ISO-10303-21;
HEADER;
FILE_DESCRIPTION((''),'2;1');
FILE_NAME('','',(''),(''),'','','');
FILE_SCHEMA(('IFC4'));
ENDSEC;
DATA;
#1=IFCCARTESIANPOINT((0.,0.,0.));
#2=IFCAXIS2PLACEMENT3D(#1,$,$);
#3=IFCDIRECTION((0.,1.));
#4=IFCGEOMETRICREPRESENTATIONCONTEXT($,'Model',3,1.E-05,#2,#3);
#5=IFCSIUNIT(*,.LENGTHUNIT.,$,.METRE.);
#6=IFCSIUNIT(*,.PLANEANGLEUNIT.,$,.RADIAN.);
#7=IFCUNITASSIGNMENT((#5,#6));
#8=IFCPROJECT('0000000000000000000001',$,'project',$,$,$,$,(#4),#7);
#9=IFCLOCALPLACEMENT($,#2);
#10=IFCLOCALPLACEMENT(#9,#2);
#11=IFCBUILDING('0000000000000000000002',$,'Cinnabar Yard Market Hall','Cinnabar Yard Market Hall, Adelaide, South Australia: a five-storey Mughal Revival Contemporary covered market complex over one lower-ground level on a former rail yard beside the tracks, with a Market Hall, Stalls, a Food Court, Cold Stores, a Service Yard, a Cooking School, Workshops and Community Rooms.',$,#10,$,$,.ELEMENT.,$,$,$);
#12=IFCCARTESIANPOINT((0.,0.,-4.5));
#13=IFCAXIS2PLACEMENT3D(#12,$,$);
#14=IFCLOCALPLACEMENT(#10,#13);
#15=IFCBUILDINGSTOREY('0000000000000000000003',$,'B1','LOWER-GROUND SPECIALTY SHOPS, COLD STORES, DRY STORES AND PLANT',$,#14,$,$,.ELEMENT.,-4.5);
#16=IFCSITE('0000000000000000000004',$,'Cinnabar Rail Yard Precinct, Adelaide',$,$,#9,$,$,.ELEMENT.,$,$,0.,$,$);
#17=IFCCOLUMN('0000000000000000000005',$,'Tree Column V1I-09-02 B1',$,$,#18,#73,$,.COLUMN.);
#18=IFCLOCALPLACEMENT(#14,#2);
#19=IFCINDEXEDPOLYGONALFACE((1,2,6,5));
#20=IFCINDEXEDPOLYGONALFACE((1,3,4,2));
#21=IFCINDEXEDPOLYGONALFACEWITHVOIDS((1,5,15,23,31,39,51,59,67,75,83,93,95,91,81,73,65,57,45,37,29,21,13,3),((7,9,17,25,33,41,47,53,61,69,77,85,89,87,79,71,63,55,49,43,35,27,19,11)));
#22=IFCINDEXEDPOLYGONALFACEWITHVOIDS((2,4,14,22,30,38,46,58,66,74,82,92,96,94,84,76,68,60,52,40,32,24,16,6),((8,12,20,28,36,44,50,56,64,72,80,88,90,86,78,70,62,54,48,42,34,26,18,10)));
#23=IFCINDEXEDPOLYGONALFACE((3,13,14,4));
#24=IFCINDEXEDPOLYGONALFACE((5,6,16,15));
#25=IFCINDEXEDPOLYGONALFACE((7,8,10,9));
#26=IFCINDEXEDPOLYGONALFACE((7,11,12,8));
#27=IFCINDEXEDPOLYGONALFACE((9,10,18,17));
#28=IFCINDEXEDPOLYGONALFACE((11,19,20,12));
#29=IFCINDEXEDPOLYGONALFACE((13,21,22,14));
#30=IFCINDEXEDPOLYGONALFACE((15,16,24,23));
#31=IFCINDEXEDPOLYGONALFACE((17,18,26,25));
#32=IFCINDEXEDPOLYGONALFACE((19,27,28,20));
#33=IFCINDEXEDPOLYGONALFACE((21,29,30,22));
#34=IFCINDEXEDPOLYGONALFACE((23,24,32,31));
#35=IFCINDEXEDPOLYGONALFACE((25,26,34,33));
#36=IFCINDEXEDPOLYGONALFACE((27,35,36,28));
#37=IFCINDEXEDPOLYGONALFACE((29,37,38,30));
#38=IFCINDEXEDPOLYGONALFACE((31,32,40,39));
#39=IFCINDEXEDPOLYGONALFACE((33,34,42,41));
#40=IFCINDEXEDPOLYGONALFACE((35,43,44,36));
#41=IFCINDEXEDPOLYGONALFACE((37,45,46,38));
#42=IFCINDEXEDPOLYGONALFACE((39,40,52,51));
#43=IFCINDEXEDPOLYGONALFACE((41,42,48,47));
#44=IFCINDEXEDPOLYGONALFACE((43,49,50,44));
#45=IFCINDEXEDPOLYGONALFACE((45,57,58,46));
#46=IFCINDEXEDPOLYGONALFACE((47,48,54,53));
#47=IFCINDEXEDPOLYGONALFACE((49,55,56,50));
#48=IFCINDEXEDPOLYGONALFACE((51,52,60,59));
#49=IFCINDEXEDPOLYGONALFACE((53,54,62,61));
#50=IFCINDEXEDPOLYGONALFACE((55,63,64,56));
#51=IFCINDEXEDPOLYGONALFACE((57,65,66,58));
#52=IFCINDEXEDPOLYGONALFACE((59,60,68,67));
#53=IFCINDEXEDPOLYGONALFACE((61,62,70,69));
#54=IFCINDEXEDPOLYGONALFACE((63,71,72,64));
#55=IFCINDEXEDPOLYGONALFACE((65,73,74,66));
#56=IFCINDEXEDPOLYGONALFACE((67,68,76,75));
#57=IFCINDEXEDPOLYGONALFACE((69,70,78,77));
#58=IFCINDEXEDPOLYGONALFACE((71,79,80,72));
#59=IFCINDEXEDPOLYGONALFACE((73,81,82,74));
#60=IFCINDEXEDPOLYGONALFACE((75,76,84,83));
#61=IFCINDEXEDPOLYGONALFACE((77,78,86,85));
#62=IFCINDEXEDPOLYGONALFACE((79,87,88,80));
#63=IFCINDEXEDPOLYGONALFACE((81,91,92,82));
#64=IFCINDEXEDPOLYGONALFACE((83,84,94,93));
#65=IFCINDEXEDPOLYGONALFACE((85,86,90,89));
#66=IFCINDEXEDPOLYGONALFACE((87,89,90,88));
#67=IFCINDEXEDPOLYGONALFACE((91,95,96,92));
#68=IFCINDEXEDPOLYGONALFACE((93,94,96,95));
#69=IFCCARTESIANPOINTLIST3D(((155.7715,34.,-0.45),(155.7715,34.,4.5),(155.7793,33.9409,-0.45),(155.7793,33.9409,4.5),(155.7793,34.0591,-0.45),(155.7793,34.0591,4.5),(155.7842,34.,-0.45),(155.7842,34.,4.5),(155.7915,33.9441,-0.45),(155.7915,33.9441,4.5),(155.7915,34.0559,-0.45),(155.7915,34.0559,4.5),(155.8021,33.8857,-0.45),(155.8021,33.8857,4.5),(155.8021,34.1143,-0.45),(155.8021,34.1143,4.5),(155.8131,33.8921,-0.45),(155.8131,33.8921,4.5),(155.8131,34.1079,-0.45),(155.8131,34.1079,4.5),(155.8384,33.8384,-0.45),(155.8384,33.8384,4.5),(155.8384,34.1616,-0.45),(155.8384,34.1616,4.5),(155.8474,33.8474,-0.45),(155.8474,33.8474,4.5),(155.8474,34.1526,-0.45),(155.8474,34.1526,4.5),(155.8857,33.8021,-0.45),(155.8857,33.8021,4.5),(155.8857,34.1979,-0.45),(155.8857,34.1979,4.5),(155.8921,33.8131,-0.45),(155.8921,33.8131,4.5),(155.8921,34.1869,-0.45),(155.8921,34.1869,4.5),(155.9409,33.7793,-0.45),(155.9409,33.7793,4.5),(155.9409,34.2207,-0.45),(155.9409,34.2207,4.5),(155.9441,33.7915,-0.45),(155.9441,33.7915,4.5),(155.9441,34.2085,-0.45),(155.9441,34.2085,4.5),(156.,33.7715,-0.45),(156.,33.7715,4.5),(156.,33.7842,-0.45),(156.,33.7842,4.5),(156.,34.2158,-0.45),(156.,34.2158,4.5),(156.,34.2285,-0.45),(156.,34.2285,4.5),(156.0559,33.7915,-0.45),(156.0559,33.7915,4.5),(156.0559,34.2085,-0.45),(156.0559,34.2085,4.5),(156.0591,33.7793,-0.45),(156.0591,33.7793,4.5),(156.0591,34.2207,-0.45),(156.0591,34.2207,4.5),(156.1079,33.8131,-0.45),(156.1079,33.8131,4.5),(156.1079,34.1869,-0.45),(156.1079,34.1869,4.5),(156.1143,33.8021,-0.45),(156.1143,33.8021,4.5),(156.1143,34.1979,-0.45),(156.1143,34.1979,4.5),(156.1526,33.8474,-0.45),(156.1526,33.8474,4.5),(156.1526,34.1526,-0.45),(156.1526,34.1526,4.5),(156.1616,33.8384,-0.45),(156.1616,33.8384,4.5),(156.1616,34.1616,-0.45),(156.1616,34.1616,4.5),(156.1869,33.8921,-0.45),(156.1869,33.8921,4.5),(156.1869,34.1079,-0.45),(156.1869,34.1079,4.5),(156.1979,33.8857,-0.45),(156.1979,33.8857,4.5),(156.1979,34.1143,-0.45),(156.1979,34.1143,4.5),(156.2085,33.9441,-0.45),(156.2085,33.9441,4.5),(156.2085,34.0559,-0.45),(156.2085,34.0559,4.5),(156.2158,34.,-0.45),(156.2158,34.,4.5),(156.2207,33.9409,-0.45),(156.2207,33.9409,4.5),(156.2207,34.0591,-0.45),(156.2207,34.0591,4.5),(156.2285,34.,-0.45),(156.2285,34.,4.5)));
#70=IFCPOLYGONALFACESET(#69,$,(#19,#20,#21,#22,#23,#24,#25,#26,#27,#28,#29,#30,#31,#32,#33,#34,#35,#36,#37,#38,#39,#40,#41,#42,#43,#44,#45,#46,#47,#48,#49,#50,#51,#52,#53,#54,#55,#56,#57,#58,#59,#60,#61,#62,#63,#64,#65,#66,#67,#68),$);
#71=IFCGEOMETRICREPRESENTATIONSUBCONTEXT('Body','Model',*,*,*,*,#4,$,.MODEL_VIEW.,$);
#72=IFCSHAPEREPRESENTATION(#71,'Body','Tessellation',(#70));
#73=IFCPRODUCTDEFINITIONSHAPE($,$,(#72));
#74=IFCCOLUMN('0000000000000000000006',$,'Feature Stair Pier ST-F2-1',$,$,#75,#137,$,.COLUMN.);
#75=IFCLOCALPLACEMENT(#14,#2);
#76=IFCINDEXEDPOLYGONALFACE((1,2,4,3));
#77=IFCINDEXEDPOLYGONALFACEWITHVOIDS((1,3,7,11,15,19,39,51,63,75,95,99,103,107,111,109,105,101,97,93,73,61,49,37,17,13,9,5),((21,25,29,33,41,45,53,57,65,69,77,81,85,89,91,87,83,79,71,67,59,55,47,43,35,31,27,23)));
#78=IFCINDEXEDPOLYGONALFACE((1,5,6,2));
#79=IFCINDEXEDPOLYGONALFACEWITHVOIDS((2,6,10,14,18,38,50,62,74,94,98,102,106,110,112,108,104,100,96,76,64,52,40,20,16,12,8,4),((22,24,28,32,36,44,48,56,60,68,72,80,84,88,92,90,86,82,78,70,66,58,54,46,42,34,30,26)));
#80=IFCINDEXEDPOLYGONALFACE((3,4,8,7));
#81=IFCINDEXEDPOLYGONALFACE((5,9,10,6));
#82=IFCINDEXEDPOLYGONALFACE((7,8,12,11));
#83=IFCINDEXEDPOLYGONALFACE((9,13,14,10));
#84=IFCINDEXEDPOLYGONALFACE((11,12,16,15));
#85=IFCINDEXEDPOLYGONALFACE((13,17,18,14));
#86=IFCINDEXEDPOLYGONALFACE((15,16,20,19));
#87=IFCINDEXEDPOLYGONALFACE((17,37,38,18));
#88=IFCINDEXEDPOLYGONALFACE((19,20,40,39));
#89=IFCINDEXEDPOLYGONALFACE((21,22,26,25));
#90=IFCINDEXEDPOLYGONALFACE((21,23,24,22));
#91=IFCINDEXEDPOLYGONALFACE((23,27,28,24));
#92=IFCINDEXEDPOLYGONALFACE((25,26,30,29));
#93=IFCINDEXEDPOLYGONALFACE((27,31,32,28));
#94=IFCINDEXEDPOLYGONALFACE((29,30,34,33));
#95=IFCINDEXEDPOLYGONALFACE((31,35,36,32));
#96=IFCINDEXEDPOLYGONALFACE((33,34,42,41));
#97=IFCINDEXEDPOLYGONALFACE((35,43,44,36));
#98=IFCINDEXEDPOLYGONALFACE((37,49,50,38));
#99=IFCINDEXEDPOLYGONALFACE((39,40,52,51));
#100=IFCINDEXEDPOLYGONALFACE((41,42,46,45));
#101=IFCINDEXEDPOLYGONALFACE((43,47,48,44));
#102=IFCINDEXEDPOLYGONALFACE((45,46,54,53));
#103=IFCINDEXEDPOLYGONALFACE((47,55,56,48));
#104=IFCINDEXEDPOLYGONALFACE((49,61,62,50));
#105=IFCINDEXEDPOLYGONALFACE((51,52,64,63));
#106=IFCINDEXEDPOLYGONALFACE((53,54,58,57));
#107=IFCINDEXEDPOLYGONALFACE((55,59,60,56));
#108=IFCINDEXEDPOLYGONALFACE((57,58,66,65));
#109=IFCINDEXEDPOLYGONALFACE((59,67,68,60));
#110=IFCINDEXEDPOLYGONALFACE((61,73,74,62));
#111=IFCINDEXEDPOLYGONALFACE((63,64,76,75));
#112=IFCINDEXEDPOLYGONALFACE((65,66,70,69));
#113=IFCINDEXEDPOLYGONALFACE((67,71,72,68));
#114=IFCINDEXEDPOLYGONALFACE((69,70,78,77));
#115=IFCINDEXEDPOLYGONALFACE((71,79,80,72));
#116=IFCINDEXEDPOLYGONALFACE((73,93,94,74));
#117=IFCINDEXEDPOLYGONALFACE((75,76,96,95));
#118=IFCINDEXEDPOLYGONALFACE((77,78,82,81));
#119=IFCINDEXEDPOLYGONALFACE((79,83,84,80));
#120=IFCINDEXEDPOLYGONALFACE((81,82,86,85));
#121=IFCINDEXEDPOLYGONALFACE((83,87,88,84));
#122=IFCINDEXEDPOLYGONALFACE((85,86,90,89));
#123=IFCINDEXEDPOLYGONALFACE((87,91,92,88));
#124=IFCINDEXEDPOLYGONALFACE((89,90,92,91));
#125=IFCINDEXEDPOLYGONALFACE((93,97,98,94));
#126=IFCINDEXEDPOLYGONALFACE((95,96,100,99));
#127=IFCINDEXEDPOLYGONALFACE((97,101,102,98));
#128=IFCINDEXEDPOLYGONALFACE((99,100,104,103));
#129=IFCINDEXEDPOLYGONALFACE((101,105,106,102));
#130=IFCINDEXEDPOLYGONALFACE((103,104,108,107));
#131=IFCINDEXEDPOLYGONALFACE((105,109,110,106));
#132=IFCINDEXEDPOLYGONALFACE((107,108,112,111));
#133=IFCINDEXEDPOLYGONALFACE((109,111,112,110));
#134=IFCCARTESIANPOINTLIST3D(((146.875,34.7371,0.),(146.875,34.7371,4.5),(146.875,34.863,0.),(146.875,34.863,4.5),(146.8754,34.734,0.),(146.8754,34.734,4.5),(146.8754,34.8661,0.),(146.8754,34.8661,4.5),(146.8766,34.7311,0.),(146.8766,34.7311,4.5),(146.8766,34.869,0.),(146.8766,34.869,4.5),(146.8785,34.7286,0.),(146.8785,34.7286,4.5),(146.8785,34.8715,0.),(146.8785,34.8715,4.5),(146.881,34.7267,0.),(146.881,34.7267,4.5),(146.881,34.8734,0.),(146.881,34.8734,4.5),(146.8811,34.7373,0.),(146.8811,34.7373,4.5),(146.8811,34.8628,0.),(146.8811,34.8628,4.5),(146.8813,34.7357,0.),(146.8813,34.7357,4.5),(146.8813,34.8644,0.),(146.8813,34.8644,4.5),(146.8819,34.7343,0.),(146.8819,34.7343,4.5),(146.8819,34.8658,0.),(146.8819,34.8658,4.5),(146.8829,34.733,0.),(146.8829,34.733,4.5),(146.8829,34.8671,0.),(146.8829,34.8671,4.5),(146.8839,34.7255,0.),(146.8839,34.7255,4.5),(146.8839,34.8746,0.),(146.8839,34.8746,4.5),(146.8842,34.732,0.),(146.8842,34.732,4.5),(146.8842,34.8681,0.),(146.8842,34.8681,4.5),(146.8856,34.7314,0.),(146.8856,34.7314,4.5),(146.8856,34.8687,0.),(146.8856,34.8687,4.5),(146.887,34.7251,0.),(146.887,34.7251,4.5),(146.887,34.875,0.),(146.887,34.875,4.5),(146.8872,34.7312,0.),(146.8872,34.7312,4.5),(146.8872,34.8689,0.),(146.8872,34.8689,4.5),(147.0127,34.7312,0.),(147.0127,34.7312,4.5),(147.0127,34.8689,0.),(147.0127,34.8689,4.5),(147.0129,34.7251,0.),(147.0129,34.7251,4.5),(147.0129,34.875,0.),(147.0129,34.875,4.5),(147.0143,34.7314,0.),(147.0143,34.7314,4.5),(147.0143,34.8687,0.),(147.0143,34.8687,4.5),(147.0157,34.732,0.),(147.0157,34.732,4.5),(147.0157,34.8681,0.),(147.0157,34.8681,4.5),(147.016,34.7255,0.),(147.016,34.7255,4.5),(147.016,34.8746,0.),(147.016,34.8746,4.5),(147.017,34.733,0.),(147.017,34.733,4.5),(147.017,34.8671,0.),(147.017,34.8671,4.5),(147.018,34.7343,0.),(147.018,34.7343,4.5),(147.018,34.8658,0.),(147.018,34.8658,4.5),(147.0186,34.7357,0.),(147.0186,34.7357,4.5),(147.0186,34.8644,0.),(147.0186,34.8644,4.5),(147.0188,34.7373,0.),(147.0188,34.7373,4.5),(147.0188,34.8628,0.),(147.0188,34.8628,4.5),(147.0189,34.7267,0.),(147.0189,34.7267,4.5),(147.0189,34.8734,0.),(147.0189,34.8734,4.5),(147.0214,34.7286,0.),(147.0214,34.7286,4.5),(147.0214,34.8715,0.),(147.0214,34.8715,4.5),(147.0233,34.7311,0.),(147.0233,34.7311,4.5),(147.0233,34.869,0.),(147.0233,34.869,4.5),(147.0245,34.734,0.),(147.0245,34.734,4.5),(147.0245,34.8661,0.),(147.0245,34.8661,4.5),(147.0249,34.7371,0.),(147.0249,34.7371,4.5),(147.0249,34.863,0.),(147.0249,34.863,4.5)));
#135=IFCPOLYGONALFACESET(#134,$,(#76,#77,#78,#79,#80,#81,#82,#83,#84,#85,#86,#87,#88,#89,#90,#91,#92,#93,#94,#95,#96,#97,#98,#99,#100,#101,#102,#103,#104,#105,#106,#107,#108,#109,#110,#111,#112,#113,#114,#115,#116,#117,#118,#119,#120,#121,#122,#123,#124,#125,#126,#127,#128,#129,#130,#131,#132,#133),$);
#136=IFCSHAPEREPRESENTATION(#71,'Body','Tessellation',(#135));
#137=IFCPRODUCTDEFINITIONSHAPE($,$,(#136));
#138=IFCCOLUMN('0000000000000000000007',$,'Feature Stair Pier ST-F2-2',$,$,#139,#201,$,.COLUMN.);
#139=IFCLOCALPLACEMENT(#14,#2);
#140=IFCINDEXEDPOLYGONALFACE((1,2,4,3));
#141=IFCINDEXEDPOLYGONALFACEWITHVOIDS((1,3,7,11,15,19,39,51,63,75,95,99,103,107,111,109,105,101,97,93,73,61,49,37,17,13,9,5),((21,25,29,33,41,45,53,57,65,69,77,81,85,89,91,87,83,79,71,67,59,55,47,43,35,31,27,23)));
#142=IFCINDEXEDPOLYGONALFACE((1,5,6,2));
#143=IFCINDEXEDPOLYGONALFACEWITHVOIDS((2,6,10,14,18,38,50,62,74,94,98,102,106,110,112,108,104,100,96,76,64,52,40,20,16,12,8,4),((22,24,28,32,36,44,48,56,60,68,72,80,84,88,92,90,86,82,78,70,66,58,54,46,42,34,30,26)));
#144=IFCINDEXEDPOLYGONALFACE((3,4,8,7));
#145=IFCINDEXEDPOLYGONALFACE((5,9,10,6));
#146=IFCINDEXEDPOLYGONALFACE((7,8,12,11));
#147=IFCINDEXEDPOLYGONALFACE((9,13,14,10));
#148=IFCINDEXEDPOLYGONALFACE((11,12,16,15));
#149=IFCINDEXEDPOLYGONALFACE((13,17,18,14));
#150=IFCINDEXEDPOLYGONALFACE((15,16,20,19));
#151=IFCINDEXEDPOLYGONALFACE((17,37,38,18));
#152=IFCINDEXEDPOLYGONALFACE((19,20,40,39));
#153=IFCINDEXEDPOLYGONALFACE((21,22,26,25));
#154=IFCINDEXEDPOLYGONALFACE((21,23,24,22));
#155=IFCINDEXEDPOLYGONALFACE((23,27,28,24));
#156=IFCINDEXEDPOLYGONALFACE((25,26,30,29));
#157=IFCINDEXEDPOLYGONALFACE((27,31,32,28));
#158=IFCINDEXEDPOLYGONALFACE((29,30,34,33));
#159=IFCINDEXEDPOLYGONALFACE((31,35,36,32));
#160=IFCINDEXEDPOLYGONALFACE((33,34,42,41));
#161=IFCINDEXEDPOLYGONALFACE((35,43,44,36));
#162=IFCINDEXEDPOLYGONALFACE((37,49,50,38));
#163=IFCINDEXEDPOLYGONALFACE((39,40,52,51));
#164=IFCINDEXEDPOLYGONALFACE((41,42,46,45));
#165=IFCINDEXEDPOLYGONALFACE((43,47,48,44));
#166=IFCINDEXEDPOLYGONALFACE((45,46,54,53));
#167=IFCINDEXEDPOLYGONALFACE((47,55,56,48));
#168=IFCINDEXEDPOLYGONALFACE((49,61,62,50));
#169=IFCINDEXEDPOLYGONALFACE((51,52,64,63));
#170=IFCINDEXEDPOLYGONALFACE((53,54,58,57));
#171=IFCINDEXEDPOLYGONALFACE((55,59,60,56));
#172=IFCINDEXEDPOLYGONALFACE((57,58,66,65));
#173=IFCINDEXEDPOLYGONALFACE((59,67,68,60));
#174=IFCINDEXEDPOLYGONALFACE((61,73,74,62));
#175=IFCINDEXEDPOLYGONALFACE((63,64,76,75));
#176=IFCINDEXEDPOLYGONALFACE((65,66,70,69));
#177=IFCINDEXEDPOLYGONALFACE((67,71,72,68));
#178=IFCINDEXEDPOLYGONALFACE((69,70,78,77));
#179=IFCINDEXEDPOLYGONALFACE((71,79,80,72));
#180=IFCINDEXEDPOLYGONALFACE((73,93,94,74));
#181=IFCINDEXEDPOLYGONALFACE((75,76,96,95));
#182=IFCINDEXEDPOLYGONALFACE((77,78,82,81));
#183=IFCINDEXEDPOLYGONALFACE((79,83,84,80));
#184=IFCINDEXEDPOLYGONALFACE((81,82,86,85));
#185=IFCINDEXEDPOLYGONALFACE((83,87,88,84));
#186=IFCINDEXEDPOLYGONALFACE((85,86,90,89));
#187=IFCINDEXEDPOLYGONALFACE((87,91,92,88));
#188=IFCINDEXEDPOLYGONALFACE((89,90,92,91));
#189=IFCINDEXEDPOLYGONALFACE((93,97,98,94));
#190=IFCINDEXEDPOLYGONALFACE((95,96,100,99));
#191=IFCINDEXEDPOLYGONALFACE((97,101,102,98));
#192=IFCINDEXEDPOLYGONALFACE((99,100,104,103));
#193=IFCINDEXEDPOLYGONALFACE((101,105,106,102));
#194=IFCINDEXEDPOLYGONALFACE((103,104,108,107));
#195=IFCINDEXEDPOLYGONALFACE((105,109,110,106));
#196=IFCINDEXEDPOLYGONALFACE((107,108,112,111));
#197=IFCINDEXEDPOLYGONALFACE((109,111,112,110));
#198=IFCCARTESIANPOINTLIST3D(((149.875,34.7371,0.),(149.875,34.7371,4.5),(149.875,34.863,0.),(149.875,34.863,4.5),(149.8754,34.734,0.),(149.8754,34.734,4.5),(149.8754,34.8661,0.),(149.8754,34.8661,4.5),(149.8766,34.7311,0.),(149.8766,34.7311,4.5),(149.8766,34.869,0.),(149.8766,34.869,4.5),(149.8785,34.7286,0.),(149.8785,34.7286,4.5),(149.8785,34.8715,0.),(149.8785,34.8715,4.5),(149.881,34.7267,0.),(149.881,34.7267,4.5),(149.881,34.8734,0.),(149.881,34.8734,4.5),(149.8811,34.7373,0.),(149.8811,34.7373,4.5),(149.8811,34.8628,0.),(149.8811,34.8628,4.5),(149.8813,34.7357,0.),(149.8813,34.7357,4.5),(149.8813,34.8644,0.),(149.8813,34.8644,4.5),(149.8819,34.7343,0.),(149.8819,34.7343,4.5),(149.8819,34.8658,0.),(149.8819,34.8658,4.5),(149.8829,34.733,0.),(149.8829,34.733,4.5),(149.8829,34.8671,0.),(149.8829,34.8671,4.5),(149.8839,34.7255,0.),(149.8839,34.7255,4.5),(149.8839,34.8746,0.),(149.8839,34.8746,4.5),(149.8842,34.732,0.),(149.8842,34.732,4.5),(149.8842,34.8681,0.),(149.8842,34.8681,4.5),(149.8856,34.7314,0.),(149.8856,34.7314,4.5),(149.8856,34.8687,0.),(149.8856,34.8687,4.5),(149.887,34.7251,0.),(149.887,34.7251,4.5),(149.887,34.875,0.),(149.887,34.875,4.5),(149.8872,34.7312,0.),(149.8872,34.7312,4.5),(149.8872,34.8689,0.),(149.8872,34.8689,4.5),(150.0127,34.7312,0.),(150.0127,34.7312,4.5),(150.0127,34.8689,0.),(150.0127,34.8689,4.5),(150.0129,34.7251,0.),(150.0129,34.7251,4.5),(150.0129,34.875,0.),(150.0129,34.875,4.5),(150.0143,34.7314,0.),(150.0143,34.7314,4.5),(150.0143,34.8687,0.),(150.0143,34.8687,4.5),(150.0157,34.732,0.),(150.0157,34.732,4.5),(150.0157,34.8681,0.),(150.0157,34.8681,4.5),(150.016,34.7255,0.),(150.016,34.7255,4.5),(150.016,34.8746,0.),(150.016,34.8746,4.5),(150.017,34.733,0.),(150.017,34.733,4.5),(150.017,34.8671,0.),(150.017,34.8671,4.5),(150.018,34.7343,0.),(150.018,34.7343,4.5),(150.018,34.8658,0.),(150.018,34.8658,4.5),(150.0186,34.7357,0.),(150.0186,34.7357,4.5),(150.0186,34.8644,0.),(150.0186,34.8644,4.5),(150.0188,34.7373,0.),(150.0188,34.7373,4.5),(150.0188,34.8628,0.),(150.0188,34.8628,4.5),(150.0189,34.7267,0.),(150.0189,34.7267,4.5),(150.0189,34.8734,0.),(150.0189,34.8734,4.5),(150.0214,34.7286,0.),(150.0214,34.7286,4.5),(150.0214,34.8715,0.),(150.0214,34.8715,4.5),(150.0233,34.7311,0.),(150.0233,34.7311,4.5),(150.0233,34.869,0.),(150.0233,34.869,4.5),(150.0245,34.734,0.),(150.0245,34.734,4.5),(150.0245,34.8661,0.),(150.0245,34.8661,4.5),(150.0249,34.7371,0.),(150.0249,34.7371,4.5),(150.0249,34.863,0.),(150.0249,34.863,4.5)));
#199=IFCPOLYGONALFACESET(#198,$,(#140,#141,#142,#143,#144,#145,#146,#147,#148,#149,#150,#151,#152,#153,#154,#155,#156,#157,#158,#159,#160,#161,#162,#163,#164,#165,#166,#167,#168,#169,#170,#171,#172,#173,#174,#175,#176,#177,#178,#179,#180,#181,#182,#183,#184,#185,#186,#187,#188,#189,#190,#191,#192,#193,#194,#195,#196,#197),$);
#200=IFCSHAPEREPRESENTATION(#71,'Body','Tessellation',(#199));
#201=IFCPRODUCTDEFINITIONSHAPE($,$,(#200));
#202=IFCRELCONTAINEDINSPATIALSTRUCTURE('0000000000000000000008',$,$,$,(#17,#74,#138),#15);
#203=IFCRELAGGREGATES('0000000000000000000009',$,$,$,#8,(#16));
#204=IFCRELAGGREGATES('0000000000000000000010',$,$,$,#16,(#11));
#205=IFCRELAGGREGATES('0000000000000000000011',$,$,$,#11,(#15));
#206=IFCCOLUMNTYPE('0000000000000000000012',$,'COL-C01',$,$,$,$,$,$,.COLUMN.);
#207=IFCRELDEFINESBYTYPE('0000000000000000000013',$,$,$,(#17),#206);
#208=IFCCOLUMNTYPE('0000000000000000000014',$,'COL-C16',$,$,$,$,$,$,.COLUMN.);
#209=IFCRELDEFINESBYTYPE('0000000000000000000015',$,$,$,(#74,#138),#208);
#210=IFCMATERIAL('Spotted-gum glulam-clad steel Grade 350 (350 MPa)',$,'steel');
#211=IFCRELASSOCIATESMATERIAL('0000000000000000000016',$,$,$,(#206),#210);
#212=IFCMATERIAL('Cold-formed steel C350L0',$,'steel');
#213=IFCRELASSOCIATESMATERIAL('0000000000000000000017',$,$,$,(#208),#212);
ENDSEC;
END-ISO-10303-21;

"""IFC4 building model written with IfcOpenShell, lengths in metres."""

from ifc_helpers import new_model, si_unit, direction, frame, origin, origin_2d_with_axis, place, context, subcontext, project, spatial, hollow_rectangle, hollow_circle, extrude, material, material_profile, profile_set, type_object, element, save


model = new_model("IFC4")

# Units and contexts
model_context = context("Model", 3, precision=1e-05, world=origin(), true_north=direction((0.0, 1.0)))
body_context = subcontext(model_context, "Body", "Model", "MODEL_VIEW")
ifc_project = project(units=[si_unit("LENGTHUNIT", "METRE"), si_unit("PLANEANGLEUNIT", "RADIAN")], contexts=[model_context])

# Site, building, storey
site_placement = place(None, origin())
site = spatial("IfcSite", under=ifc_project, at=site_placement, Name="Cinnabar Rail Yard Precinct, Adelaide", CompositionType="ELEMENT", RefElevation=0.0)
building_placement = place(site_placement, origin())
building = spatial("IfcBuilding", under=site, at=building_placement, Name="Cinnabar Yard Market Hall", Description="Cinnabar Yard Market Hall, Adelaide, South Australia: a five-storey Mughal Revival Contemporary covered market complex over one lower-ground level on a former rail yard beside the tracks, with a Market Hall, Stalls, a Food Court, Cold Stores, a Service Yard, a Cooking School, Workshops and Community Rooms.", CompositionType="ELEMENT")
storey_placement = place(building_placement, frame((0.0, 0.0, -4.5)))
storey = spatial("IfcBuildingStorey", under=building, at=storey_placement, Name="B1", Description="LOWER-GROUND SPECIALTY SHOPS, COLD STORES, DRY STORES AND PLANT", CompositionType="ELEMENT", Elevation=-4.5)

# Columns
ifc_material_1 = material(Name="Spotted-gum glulam-clad steel Grade 350 (350 MPa)", Category="steel")
ifc_material_profile_1 = material_profile(ifc_material_1, hollow_circle(Radius=0.2285, WallThickness=0.0127, at=origin_2d_with_axis()), Name="457.0x12.7CHS")
ifc_profile_set_1 = profile_set([ifc_material_profile_1], Name="Spotted-gum glulam-clad steel Grade 350 (350 MPa)")
column_type_1 = type_object("IfcColumnType", Name="COL-C01", PredefinedType="COLUMN", material=ifc_profile_set_1)
for number, where, z_axis, x_axis, name in (
    (1, (156.0, 34.0, -0.45), (0.0, 0.0, 1.0), (1.0, 0.0, 0.0), "Tree Column V1I-09-02 B1"),
):
    element("IfcColumn", number, at=place(storey_placement, frame(where, z_axis=z_axis, x_axis=x_axis)), inside=storey, type_object=column_type_1, Name=name, PredefinedType="COLUMN", context=body_context, shape_type="SweptSolid", body=[
        extrude(hollow_circle(Radius=0.2285, WallThickness=0.0127, at=origin_2d_with_axis()), origin(), (0.0, 0.0, 1.0), 4.95),
    ])
ifc_material_2 = material(Name="Cold-formed steel C350L0", Category="steel")
ifc_material_profile_2 = material_profile(ifc_material_2, hollow_rectangle(XDim=0.1499, YDim=0.1499, WallThickness=0.0061, InnerFilletRadius=0.0061, OuterFilletRadius=0.012, at=origin_2d_with_axis()), Name="150x150x6.0SHS")
ifc_profile_set_2 = profile_set([ifc_material_profile_2], Name="Cold-formed steel C350L0")
column_type_2 = type_object("IfcColumnType", Name="COL-C16", PredefinedType="COLUMN", material=ifc_profile_set_2)
for number, where, z_axis, x_axis, name in (
    (2, (146.95, 34.8, 0.0), (0.0, 0.0, 1.0), (1.0, 0.0, 0.0), "Feature Stair Pier ST-F2-1"),
    (3, (149.95, 34.8, 0.0), (0.0, 0.0, 1.0), (1.0, 0.0, 0.0), "Feature Stair Pier ST-F2-2"),
):
    element("IfcColumn", number, at=place(storey_placement, frame(where, z_axis=z_axis, x_axis=x_axis)), inside=storey, type_object=column_type_2, Name=name, PredefinedType="COLUMN", context=body_context, shape_type="SweptSolid", body=[
        extrude(hollow_rectangle(XDim=0.1499, YDim=0.1499, WallThickness=0.0061, InnerFilletRadius=0.0061, OuterFilletRadius=0.012, at=origin_2d_with_axis()), origin(), (0.0, 0.0, 1.0), 4.5),
    ])

save(model, "model.ifc")
